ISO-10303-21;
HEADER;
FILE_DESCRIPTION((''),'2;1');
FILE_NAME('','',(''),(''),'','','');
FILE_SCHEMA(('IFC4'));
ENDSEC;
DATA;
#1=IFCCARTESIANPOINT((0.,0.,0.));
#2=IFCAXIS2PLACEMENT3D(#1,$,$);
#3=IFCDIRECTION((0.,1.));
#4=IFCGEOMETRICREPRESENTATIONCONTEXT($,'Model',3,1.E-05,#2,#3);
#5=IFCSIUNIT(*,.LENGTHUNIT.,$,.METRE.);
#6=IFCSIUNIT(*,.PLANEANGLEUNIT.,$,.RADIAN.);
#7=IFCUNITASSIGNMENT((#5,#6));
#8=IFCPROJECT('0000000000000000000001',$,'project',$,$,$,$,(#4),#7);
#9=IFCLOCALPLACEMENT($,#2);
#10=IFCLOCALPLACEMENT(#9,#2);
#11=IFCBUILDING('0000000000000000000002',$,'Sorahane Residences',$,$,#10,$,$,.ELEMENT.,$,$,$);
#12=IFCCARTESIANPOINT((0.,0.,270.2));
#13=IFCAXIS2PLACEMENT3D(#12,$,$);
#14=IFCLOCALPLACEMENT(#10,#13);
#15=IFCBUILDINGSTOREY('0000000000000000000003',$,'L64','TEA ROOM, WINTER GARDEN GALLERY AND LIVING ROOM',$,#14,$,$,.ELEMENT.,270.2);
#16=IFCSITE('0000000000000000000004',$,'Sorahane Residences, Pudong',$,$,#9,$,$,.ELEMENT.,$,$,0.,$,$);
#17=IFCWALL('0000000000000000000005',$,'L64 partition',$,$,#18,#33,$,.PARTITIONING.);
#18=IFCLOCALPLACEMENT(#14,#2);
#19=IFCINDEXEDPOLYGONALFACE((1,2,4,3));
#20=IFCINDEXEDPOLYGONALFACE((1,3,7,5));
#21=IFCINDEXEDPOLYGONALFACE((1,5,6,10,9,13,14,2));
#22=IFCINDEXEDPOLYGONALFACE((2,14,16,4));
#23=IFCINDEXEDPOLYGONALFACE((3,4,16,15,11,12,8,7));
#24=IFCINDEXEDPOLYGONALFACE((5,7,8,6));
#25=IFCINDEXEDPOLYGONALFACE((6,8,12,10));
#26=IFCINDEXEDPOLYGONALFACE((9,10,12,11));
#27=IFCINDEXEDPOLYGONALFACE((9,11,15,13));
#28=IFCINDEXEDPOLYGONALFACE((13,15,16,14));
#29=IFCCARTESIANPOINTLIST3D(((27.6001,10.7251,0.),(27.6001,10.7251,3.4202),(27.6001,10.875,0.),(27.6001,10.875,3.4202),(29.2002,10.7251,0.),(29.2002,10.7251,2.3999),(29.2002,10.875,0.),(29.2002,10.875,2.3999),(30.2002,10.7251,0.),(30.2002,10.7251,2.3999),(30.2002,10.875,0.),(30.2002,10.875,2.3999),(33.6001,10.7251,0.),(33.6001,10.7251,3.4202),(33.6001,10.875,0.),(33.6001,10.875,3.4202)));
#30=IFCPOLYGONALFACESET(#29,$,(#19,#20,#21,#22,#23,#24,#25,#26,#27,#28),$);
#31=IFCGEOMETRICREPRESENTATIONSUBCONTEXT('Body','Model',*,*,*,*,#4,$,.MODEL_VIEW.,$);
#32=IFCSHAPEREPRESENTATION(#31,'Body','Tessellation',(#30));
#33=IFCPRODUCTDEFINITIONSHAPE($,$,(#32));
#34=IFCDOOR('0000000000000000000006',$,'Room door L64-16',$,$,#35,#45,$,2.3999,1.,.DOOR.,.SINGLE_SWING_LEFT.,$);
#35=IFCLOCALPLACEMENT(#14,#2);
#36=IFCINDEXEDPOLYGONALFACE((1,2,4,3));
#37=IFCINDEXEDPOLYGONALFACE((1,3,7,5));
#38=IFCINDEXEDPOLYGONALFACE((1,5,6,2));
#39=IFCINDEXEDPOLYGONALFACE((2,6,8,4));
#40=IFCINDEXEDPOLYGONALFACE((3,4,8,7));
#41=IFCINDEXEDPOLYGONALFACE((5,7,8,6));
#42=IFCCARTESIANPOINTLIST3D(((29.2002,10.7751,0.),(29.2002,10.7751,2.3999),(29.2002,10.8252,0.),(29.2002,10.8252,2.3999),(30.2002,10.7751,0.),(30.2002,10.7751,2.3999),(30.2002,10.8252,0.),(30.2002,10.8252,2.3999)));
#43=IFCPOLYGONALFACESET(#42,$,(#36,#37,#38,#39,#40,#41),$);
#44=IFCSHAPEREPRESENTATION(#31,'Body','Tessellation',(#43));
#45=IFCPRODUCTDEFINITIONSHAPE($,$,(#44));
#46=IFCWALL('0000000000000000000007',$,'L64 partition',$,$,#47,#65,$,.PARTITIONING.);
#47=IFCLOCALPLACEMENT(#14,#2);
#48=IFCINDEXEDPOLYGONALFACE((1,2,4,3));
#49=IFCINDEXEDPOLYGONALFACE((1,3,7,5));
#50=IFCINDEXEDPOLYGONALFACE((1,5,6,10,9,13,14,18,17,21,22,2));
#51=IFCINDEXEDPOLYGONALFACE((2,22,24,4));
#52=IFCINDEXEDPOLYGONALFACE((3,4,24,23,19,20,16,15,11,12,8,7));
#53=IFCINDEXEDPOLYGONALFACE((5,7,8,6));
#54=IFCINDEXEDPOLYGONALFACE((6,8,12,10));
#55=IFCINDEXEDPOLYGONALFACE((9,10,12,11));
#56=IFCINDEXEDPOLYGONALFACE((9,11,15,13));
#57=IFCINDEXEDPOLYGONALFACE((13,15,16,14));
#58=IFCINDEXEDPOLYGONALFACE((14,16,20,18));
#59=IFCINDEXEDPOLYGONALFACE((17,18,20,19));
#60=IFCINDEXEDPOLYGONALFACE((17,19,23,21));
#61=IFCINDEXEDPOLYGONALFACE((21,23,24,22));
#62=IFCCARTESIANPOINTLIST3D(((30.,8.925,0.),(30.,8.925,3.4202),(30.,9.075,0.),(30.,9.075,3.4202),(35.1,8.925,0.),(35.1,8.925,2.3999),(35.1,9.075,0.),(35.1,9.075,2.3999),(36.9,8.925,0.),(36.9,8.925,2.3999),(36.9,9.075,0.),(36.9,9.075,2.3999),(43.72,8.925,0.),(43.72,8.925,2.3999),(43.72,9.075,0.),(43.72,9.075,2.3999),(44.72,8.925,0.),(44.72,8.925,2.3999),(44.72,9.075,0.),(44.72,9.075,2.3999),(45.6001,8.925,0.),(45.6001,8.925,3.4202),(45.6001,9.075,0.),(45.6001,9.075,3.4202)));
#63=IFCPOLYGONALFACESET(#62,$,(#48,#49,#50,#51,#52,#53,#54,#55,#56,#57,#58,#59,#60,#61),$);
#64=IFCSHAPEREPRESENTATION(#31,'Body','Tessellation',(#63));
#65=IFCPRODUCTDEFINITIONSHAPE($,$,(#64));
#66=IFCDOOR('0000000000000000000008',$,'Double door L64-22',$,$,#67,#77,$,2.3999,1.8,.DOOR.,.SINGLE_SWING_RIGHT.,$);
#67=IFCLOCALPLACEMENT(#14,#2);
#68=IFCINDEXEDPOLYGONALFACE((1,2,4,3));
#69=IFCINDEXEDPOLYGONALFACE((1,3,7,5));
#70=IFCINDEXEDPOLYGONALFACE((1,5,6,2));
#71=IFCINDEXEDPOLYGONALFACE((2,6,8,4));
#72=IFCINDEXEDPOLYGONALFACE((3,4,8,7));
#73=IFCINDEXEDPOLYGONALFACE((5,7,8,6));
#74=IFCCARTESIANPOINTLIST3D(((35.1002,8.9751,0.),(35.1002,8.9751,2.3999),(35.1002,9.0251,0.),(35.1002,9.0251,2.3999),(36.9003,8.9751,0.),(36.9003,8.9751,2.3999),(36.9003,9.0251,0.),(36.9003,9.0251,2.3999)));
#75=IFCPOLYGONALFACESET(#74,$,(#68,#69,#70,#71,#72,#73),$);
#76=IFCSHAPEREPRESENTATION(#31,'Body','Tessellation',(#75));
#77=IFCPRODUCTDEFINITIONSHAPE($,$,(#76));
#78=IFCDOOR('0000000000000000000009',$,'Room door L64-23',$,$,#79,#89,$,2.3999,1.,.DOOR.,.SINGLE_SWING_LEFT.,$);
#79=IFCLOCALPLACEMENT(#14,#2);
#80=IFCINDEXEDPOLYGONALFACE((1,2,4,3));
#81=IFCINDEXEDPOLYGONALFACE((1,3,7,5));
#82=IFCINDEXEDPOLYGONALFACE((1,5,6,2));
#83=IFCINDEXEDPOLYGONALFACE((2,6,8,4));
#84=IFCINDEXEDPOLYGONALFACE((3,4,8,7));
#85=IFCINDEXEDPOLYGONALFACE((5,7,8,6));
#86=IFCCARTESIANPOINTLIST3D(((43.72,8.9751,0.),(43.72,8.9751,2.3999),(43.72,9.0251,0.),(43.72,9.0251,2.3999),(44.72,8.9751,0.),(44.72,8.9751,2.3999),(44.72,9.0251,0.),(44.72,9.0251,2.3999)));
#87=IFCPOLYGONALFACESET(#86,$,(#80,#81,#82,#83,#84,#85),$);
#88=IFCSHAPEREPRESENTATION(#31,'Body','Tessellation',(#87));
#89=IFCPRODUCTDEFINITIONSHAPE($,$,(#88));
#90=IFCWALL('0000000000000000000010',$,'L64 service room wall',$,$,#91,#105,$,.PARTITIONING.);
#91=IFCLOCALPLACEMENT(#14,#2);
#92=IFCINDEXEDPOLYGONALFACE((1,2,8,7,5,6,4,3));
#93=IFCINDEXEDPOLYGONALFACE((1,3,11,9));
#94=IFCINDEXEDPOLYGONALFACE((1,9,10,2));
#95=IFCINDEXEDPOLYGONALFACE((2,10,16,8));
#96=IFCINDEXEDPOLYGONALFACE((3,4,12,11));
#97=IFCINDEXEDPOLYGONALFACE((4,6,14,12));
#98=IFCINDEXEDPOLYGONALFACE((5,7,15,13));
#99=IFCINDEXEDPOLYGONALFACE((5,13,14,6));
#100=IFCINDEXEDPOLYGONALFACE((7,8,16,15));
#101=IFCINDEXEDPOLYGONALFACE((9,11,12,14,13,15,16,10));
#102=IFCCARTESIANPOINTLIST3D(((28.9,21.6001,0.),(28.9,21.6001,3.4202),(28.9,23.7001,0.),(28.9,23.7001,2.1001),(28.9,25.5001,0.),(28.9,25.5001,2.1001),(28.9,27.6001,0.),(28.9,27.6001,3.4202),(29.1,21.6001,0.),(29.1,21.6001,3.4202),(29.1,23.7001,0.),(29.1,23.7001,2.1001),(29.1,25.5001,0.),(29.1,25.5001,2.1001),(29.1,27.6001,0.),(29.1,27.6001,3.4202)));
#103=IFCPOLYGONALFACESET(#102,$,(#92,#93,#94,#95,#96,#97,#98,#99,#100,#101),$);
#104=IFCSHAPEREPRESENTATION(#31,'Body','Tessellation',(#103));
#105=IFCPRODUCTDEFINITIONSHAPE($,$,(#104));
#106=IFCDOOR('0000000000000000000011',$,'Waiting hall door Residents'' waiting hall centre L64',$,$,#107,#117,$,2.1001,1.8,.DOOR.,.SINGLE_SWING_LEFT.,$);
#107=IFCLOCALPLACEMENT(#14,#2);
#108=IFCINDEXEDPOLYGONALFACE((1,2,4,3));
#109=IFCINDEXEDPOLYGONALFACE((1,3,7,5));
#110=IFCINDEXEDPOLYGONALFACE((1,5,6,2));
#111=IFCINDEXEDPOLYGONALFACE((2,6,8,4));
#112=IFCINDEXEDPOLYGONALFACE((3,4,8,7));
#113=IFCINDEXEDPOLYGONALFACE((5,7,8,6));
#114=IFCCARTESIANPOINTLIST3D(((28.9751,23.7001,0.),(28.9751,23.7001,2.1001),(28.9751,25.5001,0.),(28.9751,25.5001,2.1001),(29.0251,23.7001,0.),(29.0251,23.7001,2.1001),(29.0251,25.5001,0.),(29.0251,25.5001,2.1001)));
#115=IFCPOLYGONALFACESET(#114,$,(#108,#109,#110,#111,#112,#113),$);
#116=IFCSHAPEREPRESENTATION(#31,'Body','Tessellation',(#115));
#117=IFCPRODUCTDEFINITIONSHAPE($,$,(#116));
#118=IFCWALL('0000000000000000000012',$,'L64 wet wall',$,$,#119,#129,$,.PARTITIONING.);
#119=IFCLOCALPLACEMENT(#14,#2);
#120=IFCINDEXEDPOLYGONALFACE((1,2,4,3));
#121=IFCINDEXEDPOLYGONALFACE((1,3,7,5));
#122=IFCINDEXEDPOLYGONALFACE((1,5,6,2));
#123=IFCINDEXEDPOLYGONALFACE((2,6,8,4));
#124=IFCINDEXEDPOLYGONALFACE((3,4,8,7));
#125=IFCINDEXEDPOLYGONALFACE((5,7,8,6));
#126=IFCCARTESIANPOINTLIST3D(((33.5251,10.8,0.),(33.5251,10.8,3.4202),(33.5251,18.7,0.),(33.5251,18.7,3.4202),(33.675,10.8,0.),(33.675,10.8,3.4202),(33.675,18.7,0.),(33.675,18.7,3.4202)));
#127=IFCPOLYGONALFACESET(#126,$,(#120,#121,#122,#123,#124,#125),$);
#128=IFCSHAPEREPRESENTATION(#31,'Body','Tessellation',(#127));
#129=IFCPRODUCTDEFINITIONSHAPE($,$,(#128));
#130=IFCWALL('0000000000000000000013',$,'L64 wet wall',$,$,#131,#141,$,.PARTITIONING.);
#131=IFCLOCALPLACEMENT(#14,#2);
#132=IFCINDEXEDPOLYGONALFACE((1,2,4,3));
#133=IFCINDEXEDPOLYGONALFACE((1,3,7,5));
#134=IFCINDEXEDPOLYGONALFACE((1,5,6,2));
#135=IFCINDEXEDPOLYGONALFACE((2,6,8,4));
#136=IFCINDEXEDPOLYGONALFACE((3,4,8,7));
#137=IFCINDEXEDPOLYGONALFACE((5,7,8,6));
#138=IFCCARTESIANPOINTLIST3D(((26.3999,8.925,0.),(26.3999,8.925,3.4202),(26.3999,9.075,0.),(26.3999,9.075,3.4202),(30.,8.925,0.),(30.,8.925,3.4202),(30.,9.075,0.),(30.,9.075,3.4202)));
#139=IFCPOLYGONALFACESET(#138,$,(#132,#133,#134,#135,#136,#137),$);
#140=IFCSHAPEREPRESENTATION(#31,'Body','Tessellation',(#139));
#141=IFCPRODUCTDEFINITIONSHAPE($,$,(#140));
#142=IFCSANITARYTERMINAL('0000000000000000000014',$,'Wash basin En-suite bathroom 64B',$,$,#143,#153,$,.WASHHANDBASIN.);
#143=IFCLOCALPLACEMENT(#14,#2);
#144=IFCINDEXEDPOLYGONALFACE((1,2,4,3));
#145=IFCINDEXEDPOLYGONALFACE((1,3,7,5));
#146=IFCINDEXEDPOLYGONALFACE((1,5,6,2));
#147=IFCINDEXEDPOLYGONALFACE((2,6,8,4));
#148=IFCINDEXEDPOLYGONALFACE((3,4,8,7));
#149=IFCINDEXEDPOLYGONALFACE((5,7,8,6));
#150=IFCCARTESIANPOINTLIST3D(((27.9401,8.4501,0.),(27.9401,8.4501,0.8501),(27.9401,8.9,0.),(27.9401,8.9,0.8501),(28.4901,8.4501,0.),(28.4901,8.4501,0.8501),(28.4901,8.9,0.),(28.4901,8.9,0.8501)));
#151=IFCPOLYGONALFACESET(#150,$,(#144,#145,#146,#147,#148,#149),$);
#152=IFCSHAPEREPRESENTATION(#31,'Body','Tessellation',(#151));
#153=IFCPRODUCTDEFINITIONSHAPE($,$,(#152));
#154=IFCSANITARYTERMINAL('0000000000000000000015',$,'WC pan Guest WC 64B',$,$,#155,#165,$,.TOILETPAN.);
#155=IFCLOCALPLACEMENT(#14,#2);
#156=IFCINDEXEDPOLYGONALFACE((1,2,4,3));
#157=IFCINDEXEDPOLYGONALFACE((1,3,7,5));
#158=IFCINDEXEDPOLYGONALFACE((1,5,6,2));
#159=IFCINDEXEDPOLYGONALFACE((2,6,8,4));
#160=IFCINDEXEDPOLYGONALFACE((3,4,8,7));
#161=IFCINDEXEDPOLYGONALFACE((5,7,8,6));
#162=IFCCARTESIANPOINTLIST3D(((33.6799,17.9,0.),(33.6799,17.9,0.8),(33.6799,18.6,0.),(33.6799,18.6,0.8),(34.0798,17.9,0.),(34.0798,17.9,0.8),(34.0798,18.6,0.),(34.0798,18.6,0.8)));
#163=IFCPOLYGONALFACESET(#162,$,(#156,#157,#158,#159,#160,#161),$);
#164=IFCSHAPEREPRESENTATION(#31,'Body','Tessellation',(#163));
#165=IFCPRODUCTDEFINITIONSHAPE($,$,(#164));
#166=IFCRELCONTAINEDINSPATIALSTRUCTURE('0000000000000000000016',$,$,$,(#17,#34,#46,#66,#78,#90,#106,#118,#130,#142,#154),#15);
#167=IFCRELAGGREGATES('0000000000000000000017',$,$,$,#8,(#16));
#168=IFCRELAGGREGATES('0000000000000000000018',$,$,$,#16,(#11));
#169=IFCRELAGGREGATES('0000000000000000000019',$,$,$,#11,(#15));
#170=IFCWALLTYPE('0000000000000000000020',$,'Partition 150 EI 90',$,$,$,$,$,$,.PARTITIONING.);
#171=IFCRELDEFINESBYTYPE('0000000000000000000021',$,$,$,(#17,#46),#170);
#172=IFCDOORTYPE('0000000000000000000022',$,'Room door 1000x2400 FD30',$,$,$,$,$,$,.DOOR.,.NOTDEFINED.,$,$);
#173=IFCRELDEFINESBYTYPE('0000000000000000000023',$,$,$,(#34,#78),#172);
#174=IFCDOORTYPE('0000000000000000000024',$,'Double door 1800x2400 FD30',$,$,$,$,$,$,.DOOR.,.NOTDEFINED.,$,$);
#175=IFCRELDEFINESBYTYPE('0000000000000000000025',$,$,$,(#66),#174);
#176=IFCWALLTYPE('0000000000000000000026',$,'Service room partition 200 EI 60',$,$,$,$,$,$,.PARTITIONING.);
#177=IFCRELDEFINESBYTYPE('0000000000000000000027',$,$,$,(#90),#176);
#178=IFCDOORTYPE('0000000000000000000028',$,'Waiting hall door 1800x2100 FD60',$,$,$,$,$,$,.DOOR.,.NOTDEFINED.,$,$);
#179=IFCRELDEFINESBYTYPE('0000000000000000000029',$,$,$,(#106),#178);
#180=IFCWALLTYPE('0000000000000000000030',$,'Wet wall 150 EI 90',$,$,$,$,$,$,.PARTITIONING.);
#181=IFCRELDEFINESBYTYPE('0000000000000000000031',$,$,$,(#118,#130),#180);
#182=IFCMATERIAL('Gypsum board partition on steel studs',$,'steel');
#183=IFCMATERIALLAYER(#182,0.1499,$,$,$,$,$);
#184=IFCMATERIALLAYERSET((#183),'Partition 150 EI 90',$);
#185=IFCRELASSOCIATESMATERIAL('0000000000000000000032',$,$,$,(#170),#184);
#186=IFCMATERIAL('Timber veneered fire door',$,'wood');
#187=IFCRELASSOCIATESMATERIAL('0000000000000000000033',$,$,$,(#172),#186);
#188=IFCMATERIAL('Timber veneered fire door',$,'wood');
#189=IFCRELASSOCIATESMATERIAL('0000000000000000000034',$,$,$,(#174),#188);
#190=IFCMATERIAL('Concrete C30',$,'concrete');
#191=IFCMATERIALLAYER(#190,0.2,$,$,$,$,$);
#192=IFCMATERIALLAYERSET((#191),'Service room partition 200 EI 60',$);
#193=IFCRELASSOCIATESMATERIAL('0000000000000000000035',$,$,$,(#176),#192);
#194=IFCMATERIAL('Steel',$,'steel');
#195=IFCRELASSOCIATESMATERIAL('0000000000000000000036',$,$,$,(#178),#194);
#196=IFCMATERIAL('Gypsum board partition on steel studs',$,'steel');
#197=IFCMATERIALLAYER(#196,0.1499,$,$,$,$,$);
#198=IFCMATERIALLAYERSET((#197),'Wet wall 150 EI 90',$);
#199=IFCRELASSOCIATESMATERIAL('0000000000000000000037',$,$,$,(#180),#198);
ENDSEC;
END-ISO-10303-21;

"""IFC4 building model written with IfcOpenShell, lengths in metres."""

from ifc_helpers import new_model, si_unit, direction, frame, frame_2d, origin, origin_2d, place, context, subcontext, project, spatial, rectangle, extrude, material, layer, layer_set, type_object, element, fill, save


model = new_model("IFC4")

# Units and contexts
model_context = context("Model", 3, precision=1e-05, world=origin(), true_north=direction((0.0, 1.0)))
body_context = subcontext(model_context, "Body", "Model", "MODEL_VIEW")
ifc_project = project(units=[si_unit("LENGTHUNIT", "METRE"), si_unit("PLANEANGLEUNIT", "RADIAN")], contexts=[model_context])

# Site, building, storey
site_placement = place(None, origin())
site = spatial("IfcSite", under=ifc_project, at=site_placement, Name="Sorahane Residences, Pudong", CompositionType="ELEMENT", RefElevation=0.0)
building_placement = place(site_placement, origin())
building = spatial("IfcBuilding", under=site, at=building_placement, Name="Sorahane Residences", CompositionType="ELEMENT")
storey_placement = place(building_placement, frame((0.0, 0.0, 270.2)))
storey = spatial("IfcBuildingStorey", under=building, at=storey_placement, Name="L64", Description="TEA ROOM, WINTER GARDEN GALLERY AND LIVING ROOM", CompositionType="ELEMENT", Elevation=270.2)

# Wall, opening, door
ifc_material_1 = material(Name="Gypsum board partition on steel studs", Category="steel")
ifc_layer_1 = layer(ifc_material_1, 0.1499)
ifc_layer_set_1 = layer_set([ifc_layer_1], Name="Partition 150 EI 90")
wall_type_1 = type_object("IfcWallType", Name="Partition 150 EI 90", PredefinedType="PARTITIONING", material=ifc_layer_set_1)
wall_1_placement = place(storey_placement, frame((27.6001, 10.8, 0.0), z_axis=(0.0, 0.0, 1.0), x_axis=(1.0, 0.0, 0.0)))
wall_1 = element("IfcWall", 1, at=wall_1_placement, inside=storey, type_object=wall_type_1, Name="L64 partition", PredefinedType="PARTITIONING", context=body_context, shape_type="SweptSolid", body=[
    extrude(rectangle(XDim=6.0, YDim=0.1499, at=frame_2d((3.0, 0.0))), origin(), (0.0, 0.0, 1.0), 3.4202),
])
opening_1_placement = place(wall_1_placement, frame((1.6001, 0.0, 0.0)))
opening_1 = element("IfcOpeningElement", 2, at=opening_1_placement, cuts=wall_1, PredefinedType="OPENING", context=body_context, shape_type="SweptSolid", body=[
    extrude(rectangle(XDim=1.0, YDim=2.3999, at=frame_2d((0.5, 1.2))), frame((0.0, 0.085, 0.0), z_axis=(0.0, -1.0, 0.0), x_axis=(1.0, 0.0, 0.0)), (0.0, 0.0, 1.0), 0.1699),
])
ifc_material_2 = material(Name="Timber veneered fire door", Category="wood")
door_type_1 = type_object("IfcDoorType", Name="Room door 1000x2400 FD30", OperationType="NOTDEFINED", PredefinedType="DOOR", material=ifc_material_2)
door_1_placement = place(opening_1_placement, frame((1.0, 0.0, 0.0), z_axis=(0.0, 0.0, 1.0), x_axis=(-1.0, 0.0, 0.0)))
door_1 = element("IfcDoor", 3, at=door_1_placement, inside=storey, type_object=door_type_1, Name="Room door L64-16", OperationType="SINGLE_SWING_LEFT", OverallHeight=2.3999, OverallWidth=1.0, PredefinedType="DOOR", context=body_context, shape_type="SweptSolid", body=[
    extrude(rectangle(XDim=1.0, YDim=2.3999, at=frame_2d((0.5, 1.2))), frame((0.0, 0.0249, 0.0), z_axis=(0.0, -1.0, 0.0), x_axis=(1.0, 0.0, 0.0)), (0.0, 0.0, 1.0), 0.05),
])
fill(opening_1, door_1)

# Wall, openings, doors
wall_2_placement = place(storey_placement, frame((30.0, 9.0, 0.0), z_axis=(0.0, 0.0, 1.0), x_axis=(1.0, 0.0, 0.0)))
wall_2 = element("IfcWall", 4, at=wall_2_placement, inside=storey, type_object=wall_type_1, Name="L64 partition", PredefinedType="PARTITIONING", context=body_context, shape_type="SweptSolid", body=[
    extrude(rectangle(XDim=15.6001, YDim=0.1499, at=frame_2d((7.8, 0.0))), origin(), (0.0, 0.0, 1.0), 3.4202),
])
opening_2_placement = place(wall_2_placement, frame((5.1001, 0.0, 0.0)))
opening_2 = element("IfcOpeningElement", 5, at=opening_2_placement, cuts=wall_2, PredefinedType="OPENING", context=body_context, shape_type="SweptSolid", body=[
    extrude(rectangle(XDim=1.8, YDim=2.3999, at=frame_2d((0.8999, 1.2))), frame((0.0, 0.085, 0.0), z_axis=(0.0, -1.0, 0.0), x_axis=(1.0, 0.0, 0.0)), (0.0, 0.0, 1.0), 0.1699),
])
opening_3_placement = place(wall_2_placement, frame((13.72, 0.0, 0.0)))
opening_3 = element("IfcOpeningElement", 6, at=opening_3_placement, cuts=wall_2, PredefinedType="OPENING", context=body_context, shape_type="SweptSolid", body=[
    extrude(rectangle(XDim=1.0, YDim=2.3999, at=frame_2d((0.5, 1.2))), frame((0.0, 0.085, 0.0), z_axis=(0.0, -1.0, 0.0), x_axis=(1.0, 0.0, 0.0)), (0.0, 0.0, 1.0), 0.1699),
])
ifc_material_3 = material(Name="Timber veneered fire door", Category="wood")
door_type_2 = type_object("IfcDoorType", Name="Double door 1800x2400 FD30", OperationType="NOTDEFINED", PredefinedType="DOOR", material=ifc_material_3)
door_2_placement = place(opening_2_placement, frame((1.8, 0.0, 0.0), z_axis=(0.0, 0.0, 1.0), x_axis=(-1.0, 0.0, 0.0)))
door_2 = element("IfcDoor", 7, at=door_2_placement, inside=storey, type_object=door_type_2, Name="Double door L64-22", OperationType="SINGLE_SWING_RIGHT", OverallHeight=2.3999, OverallWidth=1.8, PredefinedType="DOOR", context=body_context, shape_type="SweptSolid", body=[
    extrude(rectangle(XDim=1.8, YDim=2.3999, at=frame_2d((0.8999, 1.2))), frame((0.0, 0.0249, 0.0), z_axis=(0.0, -1.0, 0.0), x_axis=(1.0, 0.0, 0.0)), (0.0, 0.0, 1.0), 0.05),
])
fill(opening_2, door_2)
door_3_placement = place(opening_3_placement, frame((1.0, 0.0, 0.0), z_axis=(0.0, 0.0, 1.0), x_axis=(-1.0, 0.0, 0.0)))
door_3 = element("IfcDoor", 8, at=door_3_placement, inside=storey, type_object=door_type_1, Name="Room door L64-23", OperationType="SINGLE_SWING_LEFT", OverallHeight=2.3999, OverallWidth=1.0, PredefinedType="DOOR", context=body_context, shape_type="SweptSolid", body=[
    extrude(rectangle(XDim=1.0, YDim=2.3999, at=frame_2d((0.5, 1.2))), frame((0.0, 0.0249, 0.0), z_axis=(0.0, -1.0, 0.0), x_axis=(1.0, 0.0, 0.0)), (0.0, 0.0, 1.0), 0.05),
])
fill(opening_3, door_3)

# Wall, opening, door
ifc_material_4 = material(Name="Concrete C30", Category="concrete")
ifc_layer_2 = layer(ifc_material_4, 0.2)
ifc_layer_set_2 = layer_set([ifc_layer_2], Name="Service room partition 200 EI 60")
wall_type_2 = type_object("IfcWallType", Name="Service room partition 200 EI 60", PredefinedType="PARTITIONING", material=ifc_layer_set_2)
wall_3_placement = place(storey_placement, frame((29.0, 21.6001, 0.0), z_axis=(0.0, 0.0, 1.0), x_axis=(0.0, 1.0, 0.0)))
wall_3 = element("IfcWall", 9, at=wall_3_placement, inside=storey, type_object=wall_type_2, Name="L64 service room wall", PredefinedType="PARTITIONING", context=body_context, shape_type="SweptSolid", body=[
    extrude(rectangle(XDim=6.0, YDim=0.2, at=frame_2d((3.0, 0.0))), origin(), (0.0, 0.0, 1.0), 3.4202),
])
opening_4_placement = place(wall_3_placement, frame((2.1001, 0.0, 0.0)))
opening_4 = element("IfcOpeningElement", 10, at=opening_4_placement, cuts=wall_3, PredefinedType="OPENING", context=body_context, shape_type="SweptSolid", body=[
    extrude(rectangle(XDim=1.8, YDim=2.1001, at=frame_2d((0.8999, 1.05))), frame((0.0, 0.1099, 0.0), z_axis=(0.0, -1.0, 0.0), x_axis=(1.0, 0.0, 0.0)), (0.0, 0.0, 1.0), 0.22),
])
ifc_material_5 = material(Name="Steel", Category="steel")
door_type_3 = type_object("IfcDoorType", Name="Waiting hall door 1800x2100 FD60", OperationType="NOTDEFINED", PredefinedType="DOOR", material=ifc_material_5)
door_4_placement = place(opening_4_placement, origin())
door_4 = element("IfcDoor", 11, at=door_4_placement, inside=storey, type_object=door_type_3, Name="Waiting hall door Residents' waiting hall centre L64", OperationType="SINGLE_SWING_LEFT", OverallHeight=2.1001, OverallWidth=1.8, PredefinedType="DOOR", context=body_context, shape_type="SweptSolid", body=[
    extrude(rectangle(XDim=1.8, YDim=2.1001, at=frame_2d((0.8999, 1.05))), frame((0.0, 0.0249, 0.0), z_axis=(0.0, -1.0, 0.0), x_axis=(1.0, 0.0, 0.0)), (0.0, 0.0, 1.0), 0.05),
])
fill(opening_4, door_4)

# Wall
ifc_material_6 = material(Name="Gypsum board partition on steel studs", Category="steel")
ifc_layer_3 = layer(ifc_material_6, 0.1499)
ifc_layer_set_3 = layer_set([ifc_layer_3], Name="Wet wall 150 EI 90")
wall_type_3 = type_object("IfcWallType", Name="Wet wall 150 EI 90", PredefinedType="PARTITIONING", material=ifc_layer_set_3)
wall_4_placement = place(storey_placement, frame((33.6001, 10.8, 0.0), z_axis=(0.0, 0.0, 1.0), x_axis=(0.0, 1.0, 0.0)))
element("IfcWall", 12, at=wall_4_placement, inside=storey, type_object=wall_type_3, Name="L64 wet wall", PredefinedType="PARTITIONING", context=body_context, shape_type="SweptSolid", body=[
    extrude(rectangle(XDim=7.8999, YDim=0.1499, at=frame_2d((3.95, 0.0))), origin(), (0.0, 0.0, 1.0), 3.4202),
])

# Wall
wall_5_placement = place(storey_placement, frame((26.3999, 9.0, 0.0), z_axis=(0.0, 0.0, 1.0), x_axis=(1.0, 0.0, 0.0)))
element("IfcWall", 13, at=wall_5_placement, inside=storey, type_object=wall_type_3, Name="L64 wet wall", PredefinedType="PARTITIONING", context=body_context, shape_type="SweptSolid", body=[
    extrude(rectangle(XDim=3.6001, YDim=0.1499, at=frame_2d((1.8, 0.0))), origin(), (0.0, 0.0, 1.0), 3.4202),
])

# Sanitary terminals
sanitary_terminal_1_placement = place(storey_placement, frame((28.2151, 8.675, 0.0), z_axis=(0.0, 0.0, 1.0), x_axis=(1.0, 0.0, 0.0)))
element("IfcSanitaryTerminal", 14, at=sanitary_terminal_1_placement, inside=storey, Name="Wash basin En-suite bathroom 64B", PredefinedType="WASHHANDBASIN", context=body_context, shape_type="SweptSolid", body=[
    extrude(rectangle(XDim=0.55, YDim=0.45, at=origin_2d()), origin(), (0.0, 0.0, 1.0), 0.8501),
])
sanitary_terminal_2_placement = place(storey_placement, frame((33.8799, 18.25, 0.0), z_axis=(0.0, 0.0, 1.0), x_axis=(1.0, 0.0, 0.0)))
element("IfcSanitaryTerminal", 15, at=sanitary_terminal_2_placement, inside=storey, Name="WC pan Guest WC 64B", PredefinedType="TOILETPAN", context=body_context, shape_type="SweptSolid", body=[
    extrude(rectangle(XDim=0.3999, YDim=0.7, at=origin_2d()), origin(), (0.0, 0.0, 1.0), 0.8),
])

save(model, "model.ifc")
